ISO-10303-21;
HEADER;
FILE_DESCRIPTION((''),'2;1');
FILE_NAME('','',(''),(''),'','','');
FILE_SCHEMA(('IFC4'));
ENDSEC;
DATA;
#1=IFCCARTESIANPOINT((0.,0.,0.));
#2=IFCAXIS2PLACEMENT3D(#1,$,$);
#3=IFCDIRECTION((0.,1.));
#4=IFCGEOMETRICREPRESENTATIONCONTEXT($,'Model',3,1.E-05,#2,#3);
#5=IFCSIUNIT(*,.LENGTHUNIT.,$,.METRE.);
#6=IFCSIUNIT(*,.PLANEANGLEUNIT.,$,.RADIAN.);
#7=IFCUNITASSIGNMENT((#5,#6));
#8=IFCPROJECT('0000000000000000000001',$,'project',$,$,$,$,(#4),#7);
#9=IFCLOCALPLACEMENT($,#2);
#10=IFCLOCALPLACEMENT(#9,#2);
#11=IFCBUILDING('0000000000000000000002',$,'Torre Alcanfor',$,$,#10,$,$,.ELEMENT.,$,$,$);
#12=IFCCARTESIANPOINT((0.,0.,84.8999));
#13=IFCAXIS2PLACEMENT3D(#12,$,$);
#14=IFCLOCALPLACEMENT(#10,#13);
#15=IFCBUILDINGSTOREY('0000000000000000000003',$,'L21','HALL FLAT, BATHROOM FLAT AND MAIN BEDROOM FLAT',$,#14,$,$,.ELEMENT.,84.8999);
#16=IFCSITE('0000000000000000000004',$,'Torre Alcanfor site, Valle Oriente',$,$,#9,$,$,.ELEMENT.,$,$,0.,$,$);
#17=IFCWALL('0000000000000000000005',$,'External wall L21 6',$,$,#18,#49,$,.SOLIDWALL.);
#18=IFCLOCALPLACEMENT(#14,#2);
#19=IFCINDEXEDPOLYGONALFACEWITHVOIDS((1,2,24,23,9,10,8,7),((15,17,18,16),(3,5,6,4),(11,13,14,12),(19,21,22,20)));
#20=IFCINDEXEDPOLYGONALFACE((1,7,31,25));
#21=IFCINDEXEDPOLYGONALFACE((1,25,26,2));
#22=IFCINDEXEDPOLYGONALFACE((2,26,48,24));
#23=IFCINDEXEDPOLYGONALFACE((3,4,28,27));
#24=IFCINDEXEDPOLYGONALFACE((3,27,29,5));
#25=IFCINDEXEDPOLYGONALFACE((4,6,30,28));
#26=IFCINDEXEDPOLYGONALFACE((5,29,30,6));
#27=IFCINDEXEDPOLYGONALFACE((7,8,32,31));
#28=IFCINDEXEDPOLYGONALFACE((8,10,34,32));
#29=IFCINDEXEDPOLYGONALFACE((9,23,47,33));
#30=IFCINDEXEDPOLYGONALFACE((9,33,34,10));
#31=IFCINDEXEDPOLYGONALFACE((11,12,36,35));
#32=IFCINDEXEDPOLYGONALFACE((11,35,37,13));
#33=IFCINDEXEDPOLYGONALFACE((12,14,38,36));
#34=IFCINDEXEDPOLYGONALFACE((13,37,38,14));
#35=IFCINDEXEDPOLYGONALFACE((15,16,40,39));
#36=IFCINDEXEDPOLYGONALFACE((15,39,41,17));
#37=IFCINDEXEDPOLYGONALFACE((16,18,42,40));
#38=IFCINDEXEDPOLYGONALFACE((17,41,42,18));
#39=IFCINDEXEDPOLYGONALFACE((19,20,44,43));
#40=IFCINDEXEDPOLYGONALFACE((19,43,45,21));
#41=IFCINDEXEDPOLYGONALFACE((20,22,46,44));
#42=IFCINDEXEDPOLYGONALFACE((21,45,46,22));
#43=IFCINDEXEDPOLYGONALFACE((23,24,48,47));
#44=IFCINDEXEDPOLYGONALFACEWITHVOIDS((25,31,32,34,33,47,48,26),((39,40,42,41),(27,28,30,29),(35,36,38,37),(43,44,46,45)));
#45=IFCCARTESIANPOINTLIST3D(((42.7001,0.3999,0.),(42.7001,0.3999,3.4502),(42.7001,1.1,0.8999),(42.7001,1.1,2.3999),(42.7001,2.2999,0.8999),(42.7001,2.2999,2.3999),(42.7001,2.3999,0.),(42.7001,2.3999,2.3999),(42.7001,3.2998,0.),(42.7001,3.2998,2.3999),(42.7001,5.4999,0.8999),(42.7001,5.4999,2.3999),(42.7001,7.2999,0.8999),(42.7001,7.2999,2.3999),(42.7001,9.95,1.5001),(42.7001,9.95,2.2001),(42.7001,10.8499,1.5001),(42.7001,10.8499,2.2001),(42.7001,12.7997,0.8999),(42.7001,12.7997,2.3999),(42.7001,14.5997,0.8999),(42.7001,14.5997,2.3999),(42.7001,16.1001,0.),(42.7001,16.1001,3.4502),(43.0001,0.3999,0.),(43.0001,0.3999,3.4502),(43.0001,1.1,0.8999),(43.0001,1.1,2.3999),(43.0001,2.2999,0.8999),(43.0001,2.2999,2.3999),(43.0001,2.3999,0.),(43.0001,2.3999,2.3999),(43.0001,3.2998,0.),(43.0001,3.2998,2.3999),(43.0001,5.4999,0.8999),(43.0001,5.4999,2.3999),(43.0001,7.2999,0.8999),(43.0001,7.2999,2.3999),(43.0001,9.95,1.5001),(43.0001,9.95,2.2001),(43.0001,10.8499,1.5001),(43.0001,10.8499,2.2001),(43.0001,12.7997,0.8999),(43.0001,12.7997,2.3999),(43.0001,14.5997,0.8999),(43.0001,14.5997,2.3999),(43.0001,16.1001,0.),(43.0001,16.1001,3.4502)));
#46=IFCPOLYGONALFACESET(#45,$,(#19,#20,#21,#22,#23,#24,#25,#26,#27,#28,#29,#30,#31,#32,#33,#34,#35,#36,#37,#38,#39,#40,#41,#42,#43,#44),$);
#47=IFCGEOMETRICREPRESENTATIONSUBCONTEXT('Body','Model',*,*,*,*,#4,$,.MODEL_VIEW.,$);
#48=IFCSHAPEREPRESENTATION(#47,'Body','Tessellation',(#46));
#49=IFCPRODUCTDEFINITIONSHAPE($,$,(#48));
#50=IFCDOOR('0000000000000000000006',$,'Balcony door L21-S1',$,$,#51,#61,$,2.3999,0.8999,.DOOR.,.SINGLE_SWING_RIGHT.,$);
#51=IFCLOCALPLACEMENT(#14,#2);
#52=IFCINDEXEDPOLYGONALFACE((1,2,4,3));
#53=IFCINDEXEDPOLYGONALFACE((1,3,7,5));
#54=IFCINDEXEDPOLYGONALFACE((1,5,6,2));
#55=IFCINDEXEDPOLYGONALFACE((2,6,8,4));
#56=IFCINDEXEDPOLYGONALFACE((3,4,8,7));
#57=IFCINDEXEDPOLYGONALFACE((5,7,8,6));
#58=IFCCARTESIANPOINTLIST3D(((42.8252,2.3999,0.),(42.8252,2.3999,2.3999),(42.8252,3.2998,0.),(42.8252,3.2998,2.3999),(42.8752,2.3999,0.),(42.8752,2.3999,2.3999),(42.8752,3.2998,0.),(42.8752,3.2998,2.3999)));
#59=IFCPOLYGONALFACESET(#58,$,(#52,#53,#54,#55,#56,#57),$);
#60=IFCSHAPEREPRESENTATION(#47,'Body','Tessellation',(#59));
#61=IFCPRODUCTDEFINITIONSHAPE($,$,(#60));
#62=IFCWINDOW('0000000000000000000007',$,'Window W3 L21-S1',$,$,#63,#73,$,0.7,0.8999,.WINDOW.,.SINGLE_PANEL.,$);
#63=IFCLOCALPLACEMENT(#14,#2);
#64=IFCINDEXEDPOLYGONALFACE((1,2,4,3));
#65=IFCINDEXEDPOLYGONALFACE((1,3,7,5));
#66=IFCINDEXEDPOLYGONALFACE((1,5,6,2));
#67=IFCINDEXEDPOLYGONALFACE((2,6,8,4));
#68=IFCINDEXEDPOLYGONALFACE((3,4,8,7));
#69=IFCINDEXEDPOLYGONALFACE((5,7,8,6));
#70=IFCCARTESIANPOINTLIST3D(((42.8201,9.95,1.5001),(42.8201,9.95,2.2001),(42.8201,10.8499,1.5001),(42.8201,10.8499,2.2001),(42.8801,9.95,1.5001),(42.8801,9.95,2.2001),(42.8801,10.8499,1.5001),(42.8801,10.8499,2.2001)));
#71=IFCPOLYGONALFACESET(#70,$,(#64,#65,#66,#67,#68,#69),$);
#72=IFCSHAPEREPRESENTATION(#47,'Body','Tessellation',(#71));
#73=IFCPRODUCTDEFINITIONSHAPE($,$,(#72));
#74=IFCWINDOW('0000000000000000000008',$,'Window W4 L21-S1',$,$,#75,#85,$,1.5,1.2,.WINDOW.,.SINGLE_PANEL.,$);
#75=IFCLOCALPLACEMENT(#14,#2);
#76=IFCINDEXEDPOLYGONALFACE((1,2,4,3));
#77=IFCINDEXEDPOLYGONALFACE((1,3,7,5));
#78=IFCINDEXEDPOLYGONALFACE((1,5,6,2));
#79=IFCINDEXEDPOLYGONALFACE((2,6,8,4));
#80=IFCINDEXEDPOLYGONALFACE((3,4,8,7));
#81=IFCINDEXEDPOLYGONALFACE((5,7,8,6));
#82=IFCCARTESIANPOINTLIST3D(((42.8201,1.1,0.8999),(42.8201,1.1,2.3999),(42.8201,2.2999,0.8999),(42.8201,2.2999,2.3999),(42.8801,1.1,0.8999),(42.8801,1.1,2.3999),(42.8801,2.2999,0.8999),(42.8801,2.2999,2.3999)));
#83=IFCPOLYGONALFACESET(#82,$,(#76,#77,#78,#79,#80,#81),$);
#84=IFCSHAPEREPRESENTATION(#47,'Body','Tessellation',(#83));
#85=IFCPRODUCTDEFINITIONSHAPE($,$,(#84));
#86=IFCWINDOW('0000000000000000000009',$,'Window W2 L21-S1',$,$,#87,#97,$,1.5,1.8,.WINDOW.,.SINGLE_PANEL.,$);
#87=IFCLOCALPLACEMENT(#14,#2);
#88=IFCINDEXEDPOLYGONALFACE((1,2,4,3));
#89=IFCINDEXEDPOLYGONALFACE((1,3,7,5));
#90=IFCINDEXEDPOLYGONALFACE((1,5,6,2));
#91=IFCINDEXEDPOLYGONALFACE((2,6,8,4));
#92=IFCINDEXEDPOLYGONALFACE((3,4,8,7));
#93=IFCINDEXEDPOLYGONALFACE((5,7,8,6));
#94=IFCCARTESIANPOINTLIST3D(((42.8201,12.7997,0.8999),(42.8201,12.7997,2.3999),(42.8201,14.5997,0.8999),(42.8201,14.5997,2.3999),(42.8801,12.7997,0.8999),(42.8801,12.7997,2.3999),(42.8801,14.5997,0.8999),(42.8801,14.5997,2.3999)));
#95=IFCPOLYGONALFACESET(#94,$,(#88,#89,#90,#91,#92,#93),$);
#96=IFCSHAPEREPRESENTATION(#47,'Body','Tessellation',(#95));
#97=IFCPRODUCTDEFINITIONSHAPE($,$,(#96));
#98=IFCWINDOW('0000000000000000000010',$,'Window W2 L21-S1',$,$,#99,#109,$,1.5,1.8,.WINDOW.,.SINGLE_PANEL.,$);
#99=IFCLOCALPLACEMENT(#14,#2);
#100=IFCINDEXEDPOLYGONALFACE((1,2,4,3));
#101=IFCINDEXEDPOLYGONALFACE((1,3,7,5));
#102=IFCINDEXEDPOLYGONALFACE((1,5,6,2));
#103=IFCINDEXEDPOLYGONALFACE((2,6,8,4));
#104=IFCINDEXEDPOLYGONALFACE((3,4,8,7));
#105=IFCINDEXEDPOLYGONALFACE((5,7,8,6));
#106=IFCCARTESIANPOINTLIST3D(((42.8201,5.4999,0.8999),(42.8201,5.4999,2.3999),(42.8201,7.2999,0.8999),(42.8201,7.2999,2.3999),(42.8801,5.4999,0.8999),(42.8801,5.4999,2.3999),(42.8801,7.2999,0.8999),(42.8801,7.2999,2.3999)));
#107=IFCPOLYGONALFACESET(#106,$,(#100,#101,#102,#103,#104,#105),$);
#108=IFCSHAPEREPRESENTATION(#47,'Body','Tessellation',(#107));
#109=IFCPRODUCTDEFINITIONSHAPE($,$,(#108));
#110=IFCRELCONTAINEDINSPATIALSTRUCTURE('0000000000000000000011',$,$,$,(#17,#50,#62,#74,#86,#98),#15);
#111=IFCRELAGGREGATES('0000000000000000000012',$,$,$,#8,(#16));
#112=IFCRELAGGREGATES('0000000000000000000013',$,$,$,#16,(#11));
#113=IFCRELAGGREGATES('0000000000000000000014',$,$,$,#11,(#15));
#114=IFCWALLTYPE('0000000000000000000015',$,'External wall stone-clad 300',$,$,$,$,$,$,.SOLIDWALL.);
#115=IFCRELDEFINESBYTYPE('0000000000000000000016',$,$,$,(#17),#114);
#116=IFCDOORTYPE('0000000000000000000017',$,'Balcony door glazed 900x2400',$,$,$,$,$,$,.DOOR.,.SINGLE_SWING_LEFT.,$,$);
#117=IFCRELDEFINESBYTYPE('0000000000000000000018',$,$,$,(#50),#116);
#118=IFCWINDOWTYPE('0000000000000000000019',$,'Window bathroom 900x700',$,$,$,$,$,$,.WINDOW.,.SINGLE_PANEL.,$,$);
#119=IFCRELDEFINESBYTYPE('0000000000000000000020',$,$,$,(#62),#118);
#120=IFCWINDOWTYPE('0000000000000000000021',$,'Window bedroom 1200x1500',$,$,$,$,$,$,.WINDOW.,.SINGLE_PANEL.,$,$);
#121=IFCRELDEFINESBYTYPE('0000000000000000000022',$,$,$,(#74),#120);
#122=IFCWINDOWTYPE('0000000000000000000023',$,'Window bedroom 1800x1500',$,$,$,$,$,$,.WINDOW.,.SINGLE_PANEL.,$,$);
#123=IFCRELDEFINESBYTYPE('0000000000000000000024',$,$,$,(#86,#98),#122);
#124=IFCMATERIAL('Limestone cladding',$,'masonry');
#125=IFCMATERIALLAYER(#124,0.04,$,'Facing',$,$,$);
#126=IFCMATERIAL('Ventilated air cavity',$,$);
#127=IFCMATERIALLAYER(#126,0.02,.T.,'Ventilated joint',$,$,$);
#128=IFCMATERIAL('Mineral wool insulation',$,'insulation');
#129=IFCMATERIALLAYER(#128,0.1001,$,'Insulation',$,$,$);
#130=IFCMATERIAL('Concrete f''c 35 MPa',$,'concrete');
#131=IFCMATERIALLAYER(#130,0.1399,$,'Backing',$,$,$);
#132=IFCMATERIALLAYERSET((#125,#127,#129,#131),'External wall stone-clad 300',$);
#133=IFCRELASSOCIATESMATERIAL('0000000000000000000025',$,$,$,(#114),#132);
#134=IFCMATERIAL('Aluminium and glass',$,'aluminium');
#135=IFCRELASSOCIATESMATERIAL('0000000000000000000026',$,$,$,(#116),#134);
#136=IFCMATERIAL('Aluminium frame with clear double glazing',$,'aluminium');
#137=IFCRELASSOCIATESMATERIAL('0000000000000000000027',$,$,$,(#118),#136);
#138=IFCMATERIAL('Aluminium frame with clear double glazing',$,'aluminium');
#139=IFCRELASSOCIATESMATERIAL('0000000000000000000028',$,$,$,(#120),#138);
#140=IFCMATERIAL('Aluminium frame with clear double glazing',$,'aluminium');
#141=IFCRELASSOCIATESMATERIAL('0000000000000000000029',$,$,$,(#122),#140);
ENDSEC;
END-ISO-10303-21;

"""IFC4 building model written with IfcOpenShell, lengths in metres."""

from ifc_helpers import new_model, si_unit, direction, frame, frame_2d, origin, place, context, subcontext, project, spatial, rectangle, extrude, material, layer, layer_set, type_object, element, fill, save


model = new_model("IFC4")

# Units and contexts
model_context = context("Model", 3, precision=1e-05, world=origin(), true_north=direction((0.0, 1.0)))
body_context = subcontext(model_context, "Body", "Model", "MODEL_VIEW")
ifc_project = project(units=[si_unit("LENGTHUNIT", "METRE"), si_unit("PLANEANGLEUNIT", "RADIAN")], contexts=[model_context])

# Site, building, storey
site_placement = place(None, origin())
site = spatial("IfcSite", under=ifc_project, at=site_placement, Name="Torre Alcanfor site, Valle Oriente", CompositionType="ELEMENT", RefElevation=0.0)
building_placement = place(site_placement, origin())
building = spatial("IfcBuilding", under=site, at=building_placement, Name="Torre Alcanfor", CompositionType="ELEMENT")
storey_placement = place(building_placement, frame((0.0, 0.0, 84.8999)))
storey = spatial("IfcBuildingStorey", under=building, at=storey_placement, Name="L21", Description="HALL FLAT, BATHROOM FLAT AND MAIN BEDROOM FLAT", CompositionType="ELEMENT", Elevation=84.8999)

# Wall, openings, door, windows
ifc_material_1 = material(Name="Limestone cladding", Category="masonry")
ifc_layer_1 = layer(ifc_material_1, 0.04, Name="Facing")
ifc_material_2 = material(Name="Ventilated air cavity")
ifc_layer_2 = layer(ifc_material_2, 0.02, ventilated=True, Name="Ventilated joint")
ifc_material_3 = material(Name="Mineral wool insulation", Category="insulation")
ifc_layer_3 = layer(ifc_material_3, 0.1001, Name="Insulation")
ifc_material_4 = material(Name="Concrete f'c 35 MPa", Category="concrete")
ifc_layer_4 = layer(ifc_material_4, 0.1399, Name="Backing")
ifc_layer_set_1 = layer_set([ifc_layer_1, ifc_layer_2, ifc_layer_3, ifc_layer_4], Name="External wall stone-clad 300")
wall_type_1 = type_object("IfcWallType", Name="External wall stone-clad 300", PredefinedType="SOLIDWALL", material=ifc_layer_set_1)
wall_1_placement = place(storey_placement, frame((42.8501, 0.3999, 0.0), z_axis=(0.0, 0.0, 1.0), x_axis=(0.0, 1.0, 0.0)))
wall_1 = element("IfcWall", 1, at=wall_1_placement, inside=storey, type_object=wall_type_1, Name="External wall L21 6", PredefinedType="SOLIDWALL", context=body_context, shape_type="SweptSolid", body=[
    extrude(rectangle(XDim=15.7002, YDim=0.3, at=frame_2d((7.8501, 0.0))), origin(), (0.0, 0.0, 1.0), 3.4502),
])
opening_1_placement = place(wall_1_placement, frame((12.3999, 0.0, 0.8999)))
opening_1 = element("IfcOpeningElement", 2, at=opening_1_placement, cuts=wall_1, PredefinedType="OPENING", context=body_context, shape_type="SweptSolid", body=[
    extrude(rectangle(XDim=1.8, YDim=1.5, at=frame_2d((0.8999, 0.75))), frame((0.0, 0.1599, 0.0), z_axis=(0.0, -1.0, 0.0), x_axis=(1.0, 0.0, 0.0)), (0.0, 0.0, 1.0), 0.3201),
])
opening_2_placement = place(wall_1_placement, frame((9.55, 0.0, 1.5)))
opening_2 = element("IfcOpeningElement", 3, at=opening_2_placement, cuts=wall_1, PredefinedType="OPENING", context=body_context, shape_type="SweptSolid", body=[
    extrude(rectangle(XDim=0.8999, YDim=0.7, at=frame_2d((0.45, 0.3501))), frame((0.0, 0.1599, 0.0), z_axis=(0.0, -1.0, 0.0), x_axis=(1.0, 0.0, 0.0)), (0.0, 0.0, 1.0), 0.3201),
])
opening_3_placement = place(wall_1_placement, frame((5.1001, 0.0, 0.8999)))
opening_3 = element("IfcOpeningElement", 4, at=opening_3_placement, cuts=wall_1, PredefinedType="OPENING", context=body_context, shape_type="SweptSolid", body=[
    extrude(rectangle(XDim=1.8, YDim=1.5, at=frame_2d((0.8999, 0.75))), frame((0.0, 0.1599, 0.0), z_axis=(0.0, -1.0, 0.0), x_axis=(1.0, 0.0, 0.0)), (0.0, 0.0, 1.0), 0.3201),
])
opening_4_placement = place(wall_1_placement, frame((2.0, 0.0, 0.0)))
opening_4 = element("IfcOpeningElement", 5, at=opening_4_placement, cuts=wall_1, PredefinedType="OPENING", context=body_context, shape_type="SweptSolid", body=[
    extrude(rectangle(XDim=0.8999, YDim=2.3999, at=frame_2d((0.45, 1.2))), frame((0.0, 0.1599, 0.0), z_axis=(0.0, -1.0, 0.0), x_axis=(1.0, 0.0, 0.0)), (0.0, 0.0, 1.0), 0.3201),
])
opening_5_placement = place(wall_1_placement, frame((0.7, 0.0, 0.8999)))
opening_5 = element("IfcOpeningElement", 6, at=opening_5_placement, cuts=wall_1, PredefinedType="OPENING", context=body_context, shape_type="SweptSolid", body=[
    extrude(rectangle(XDim=1.2, YDim=1.5, at=frame_2d((0.6001, 0.75))), frame((0.0, 0.1599, 0.0), z_axis=(0.0, -1.0, 0.0), x_axis=(1.0, 0.0, 0.0)), (0.0, 0.0, 1.0), 0.3201),
])
ifc_material_5 = material(Name="Aluminium and glass", Category="aluminium")
door_type = type_object("IfcDoorType", Name="Balcony door glazed 900x2400", OperationType="SINGLE_SWING_LEFT", PredefinedType="DOOR", material=ifc_material_5)
door_1_placement = place(opening_4_placement, origin())
door_1 = element("IfcDoor", 7, at=door_1_placement, inside=storey, type_object=door_type, Name="Balcony door L21-S1", OperationType="SINGLE_SWING_RIGHT", OverallHeight=2.3999, OverallWidth=0.8999, PredefinedType="DOOR", context=body_context, shape_type="SweptSolid", body=[
    extrude(rectangle(XDim=0.8999, YDim=2.3999, at=frame_2d((0.45, 1.2))), frame((0.0, 0.0249, 0.0), z_axis=(0.0, -1.0, 0.0), x_axis=(1.0, 0.0, 0.0)), (0.0, 0.0, 1.0), 0.05),
])
fill(opening_4, door_1)
ifc_material_6 = material(Name="Aluminium frame with clear double glazing", Category="aluminium")
window_type_1 = type_object("IfcWindowType", Name="Window bathroom 900x700", PartitioningType="SINGLE_PANEL", PredefinedType="WINDOW", material=ifc_material_6)
window_1_placement = place(opening_2_placement, origin())
window_1 = element("IfcWindow", 8, at=window_1_placement, inside=storey, type_object=window_type_1, Name="Window W3 L21-S1", OverallHeight=0.7, OverallWidth=0.8999, PartitioningType="SINGLE_PANEL", PredefinedType="WINDOW", context=body_context, shape_type="SweptSolid", body=[
    extrude(rectangle(XDim=0.8999, YDim=0.7, at=frame_2d((0.45, 0.3501))), frame((0.0, 0.03, 0.0), z_axis=(0.0, -1.0, 0.0), x_axis=(1.0, 0.0, 0.0)), (0.0, 0.0, 1.0), 0.0601),
])
fill(opening_2, window_1)
ifc_material_7 = material(Name="Aluminium frame with clear double glazing", Category="aluminium")
window_type_2 = type_object("IfcWindowType", Name="Window bedroom 1200x1500", PartitioningType="SINGLE_PANEL", PredefinedType="WINDOW", material=ifc_material_7)
window_2_placement = place(opening_5_placement, origin())
window_2 = element("IfcWindow", 9, at=window_2_placement, inside=storey, type_object=window_type_2, Name="Window W4 L21-S1", OverallHeight=1.5, OverallWidth=1.2, PartitioningType="SINGLE_PANEL", PredefinedType="WINDOW", context=body_context, shape_type="SweptSolid", body=[
    extrude(rectangle(XDim=1.2, YDim=1.5, at=frame_2d((0.6001, 0.75))), frame((0.0, 0.03, 0.0), z_axis=(0.0, -1.0, 0.0), x_axis=(1.0, 0.0, 0.0)), (0.0, 0.0, 1.0), 0.0601),
])
fill(opening_5, window_2)
ifc_material_8 = material(Name="Aluminium frame with clear double glazing", Category="aluminium")
window_type_3 = type_object("IfcWindowType", Name="Window bedroom 1800x1500", PartitioningType="SINGLE_PANEL", PredefinedType="WINDOW", material=ifc_material_8)
window_3_placement = place(opening_1_placement, origin())
window_3 = element("IfcWindow", 10, at=window_3_placement, inside=storey, type_object=window_type_3, Name="Window W2 L21-S1", OverallHeight=1.5, OverallWidth=1.8, PartitioningType="SINGLE_PANEL", PredefinedType="WINDOW", context=body_context, shape_type="SweptSolid", body=[
    extrude(rectangle(XDim=1.8, YDim=1.5, at=frame_2d((0.8999, 0.75))), frame((0.0, 0.03, 0.0), z_axis=(0.0, -1.0, 0.0), x_axis=(1.0, 0.0, 0.0)), (0.0, 0.0, 1.0), 0.0601),
])
fill(opening_1, window_3)
window_4_placement = place(opening_3_placement, origin())
window_4 = element("IfcWindow", 11, at=window_4_placement, inside=storey, type_object=window_type_3, Name="Window W2 L21-S1", OverallHeight=1.5, OverallWidth=1.8, PartitioningType="SINGLE_PANEL", PredefinedType="WINDOW", context=body_context, shape_type="SweptSolid", body=[
    extrude(rectangle(XDim=1.8, YDim=1.5, at=frame_2d((0.8999, 0.75))), frame((0.0, 0.03, 0.0), z_axis=(0.0, -1.0, 0.0), x_axis=(1.0, 0.0, 0.0)), (0.0, 0.0, 1.0), 0.0601),
])
fill(opening_3, window_4)

save(model, "model.ifc")
